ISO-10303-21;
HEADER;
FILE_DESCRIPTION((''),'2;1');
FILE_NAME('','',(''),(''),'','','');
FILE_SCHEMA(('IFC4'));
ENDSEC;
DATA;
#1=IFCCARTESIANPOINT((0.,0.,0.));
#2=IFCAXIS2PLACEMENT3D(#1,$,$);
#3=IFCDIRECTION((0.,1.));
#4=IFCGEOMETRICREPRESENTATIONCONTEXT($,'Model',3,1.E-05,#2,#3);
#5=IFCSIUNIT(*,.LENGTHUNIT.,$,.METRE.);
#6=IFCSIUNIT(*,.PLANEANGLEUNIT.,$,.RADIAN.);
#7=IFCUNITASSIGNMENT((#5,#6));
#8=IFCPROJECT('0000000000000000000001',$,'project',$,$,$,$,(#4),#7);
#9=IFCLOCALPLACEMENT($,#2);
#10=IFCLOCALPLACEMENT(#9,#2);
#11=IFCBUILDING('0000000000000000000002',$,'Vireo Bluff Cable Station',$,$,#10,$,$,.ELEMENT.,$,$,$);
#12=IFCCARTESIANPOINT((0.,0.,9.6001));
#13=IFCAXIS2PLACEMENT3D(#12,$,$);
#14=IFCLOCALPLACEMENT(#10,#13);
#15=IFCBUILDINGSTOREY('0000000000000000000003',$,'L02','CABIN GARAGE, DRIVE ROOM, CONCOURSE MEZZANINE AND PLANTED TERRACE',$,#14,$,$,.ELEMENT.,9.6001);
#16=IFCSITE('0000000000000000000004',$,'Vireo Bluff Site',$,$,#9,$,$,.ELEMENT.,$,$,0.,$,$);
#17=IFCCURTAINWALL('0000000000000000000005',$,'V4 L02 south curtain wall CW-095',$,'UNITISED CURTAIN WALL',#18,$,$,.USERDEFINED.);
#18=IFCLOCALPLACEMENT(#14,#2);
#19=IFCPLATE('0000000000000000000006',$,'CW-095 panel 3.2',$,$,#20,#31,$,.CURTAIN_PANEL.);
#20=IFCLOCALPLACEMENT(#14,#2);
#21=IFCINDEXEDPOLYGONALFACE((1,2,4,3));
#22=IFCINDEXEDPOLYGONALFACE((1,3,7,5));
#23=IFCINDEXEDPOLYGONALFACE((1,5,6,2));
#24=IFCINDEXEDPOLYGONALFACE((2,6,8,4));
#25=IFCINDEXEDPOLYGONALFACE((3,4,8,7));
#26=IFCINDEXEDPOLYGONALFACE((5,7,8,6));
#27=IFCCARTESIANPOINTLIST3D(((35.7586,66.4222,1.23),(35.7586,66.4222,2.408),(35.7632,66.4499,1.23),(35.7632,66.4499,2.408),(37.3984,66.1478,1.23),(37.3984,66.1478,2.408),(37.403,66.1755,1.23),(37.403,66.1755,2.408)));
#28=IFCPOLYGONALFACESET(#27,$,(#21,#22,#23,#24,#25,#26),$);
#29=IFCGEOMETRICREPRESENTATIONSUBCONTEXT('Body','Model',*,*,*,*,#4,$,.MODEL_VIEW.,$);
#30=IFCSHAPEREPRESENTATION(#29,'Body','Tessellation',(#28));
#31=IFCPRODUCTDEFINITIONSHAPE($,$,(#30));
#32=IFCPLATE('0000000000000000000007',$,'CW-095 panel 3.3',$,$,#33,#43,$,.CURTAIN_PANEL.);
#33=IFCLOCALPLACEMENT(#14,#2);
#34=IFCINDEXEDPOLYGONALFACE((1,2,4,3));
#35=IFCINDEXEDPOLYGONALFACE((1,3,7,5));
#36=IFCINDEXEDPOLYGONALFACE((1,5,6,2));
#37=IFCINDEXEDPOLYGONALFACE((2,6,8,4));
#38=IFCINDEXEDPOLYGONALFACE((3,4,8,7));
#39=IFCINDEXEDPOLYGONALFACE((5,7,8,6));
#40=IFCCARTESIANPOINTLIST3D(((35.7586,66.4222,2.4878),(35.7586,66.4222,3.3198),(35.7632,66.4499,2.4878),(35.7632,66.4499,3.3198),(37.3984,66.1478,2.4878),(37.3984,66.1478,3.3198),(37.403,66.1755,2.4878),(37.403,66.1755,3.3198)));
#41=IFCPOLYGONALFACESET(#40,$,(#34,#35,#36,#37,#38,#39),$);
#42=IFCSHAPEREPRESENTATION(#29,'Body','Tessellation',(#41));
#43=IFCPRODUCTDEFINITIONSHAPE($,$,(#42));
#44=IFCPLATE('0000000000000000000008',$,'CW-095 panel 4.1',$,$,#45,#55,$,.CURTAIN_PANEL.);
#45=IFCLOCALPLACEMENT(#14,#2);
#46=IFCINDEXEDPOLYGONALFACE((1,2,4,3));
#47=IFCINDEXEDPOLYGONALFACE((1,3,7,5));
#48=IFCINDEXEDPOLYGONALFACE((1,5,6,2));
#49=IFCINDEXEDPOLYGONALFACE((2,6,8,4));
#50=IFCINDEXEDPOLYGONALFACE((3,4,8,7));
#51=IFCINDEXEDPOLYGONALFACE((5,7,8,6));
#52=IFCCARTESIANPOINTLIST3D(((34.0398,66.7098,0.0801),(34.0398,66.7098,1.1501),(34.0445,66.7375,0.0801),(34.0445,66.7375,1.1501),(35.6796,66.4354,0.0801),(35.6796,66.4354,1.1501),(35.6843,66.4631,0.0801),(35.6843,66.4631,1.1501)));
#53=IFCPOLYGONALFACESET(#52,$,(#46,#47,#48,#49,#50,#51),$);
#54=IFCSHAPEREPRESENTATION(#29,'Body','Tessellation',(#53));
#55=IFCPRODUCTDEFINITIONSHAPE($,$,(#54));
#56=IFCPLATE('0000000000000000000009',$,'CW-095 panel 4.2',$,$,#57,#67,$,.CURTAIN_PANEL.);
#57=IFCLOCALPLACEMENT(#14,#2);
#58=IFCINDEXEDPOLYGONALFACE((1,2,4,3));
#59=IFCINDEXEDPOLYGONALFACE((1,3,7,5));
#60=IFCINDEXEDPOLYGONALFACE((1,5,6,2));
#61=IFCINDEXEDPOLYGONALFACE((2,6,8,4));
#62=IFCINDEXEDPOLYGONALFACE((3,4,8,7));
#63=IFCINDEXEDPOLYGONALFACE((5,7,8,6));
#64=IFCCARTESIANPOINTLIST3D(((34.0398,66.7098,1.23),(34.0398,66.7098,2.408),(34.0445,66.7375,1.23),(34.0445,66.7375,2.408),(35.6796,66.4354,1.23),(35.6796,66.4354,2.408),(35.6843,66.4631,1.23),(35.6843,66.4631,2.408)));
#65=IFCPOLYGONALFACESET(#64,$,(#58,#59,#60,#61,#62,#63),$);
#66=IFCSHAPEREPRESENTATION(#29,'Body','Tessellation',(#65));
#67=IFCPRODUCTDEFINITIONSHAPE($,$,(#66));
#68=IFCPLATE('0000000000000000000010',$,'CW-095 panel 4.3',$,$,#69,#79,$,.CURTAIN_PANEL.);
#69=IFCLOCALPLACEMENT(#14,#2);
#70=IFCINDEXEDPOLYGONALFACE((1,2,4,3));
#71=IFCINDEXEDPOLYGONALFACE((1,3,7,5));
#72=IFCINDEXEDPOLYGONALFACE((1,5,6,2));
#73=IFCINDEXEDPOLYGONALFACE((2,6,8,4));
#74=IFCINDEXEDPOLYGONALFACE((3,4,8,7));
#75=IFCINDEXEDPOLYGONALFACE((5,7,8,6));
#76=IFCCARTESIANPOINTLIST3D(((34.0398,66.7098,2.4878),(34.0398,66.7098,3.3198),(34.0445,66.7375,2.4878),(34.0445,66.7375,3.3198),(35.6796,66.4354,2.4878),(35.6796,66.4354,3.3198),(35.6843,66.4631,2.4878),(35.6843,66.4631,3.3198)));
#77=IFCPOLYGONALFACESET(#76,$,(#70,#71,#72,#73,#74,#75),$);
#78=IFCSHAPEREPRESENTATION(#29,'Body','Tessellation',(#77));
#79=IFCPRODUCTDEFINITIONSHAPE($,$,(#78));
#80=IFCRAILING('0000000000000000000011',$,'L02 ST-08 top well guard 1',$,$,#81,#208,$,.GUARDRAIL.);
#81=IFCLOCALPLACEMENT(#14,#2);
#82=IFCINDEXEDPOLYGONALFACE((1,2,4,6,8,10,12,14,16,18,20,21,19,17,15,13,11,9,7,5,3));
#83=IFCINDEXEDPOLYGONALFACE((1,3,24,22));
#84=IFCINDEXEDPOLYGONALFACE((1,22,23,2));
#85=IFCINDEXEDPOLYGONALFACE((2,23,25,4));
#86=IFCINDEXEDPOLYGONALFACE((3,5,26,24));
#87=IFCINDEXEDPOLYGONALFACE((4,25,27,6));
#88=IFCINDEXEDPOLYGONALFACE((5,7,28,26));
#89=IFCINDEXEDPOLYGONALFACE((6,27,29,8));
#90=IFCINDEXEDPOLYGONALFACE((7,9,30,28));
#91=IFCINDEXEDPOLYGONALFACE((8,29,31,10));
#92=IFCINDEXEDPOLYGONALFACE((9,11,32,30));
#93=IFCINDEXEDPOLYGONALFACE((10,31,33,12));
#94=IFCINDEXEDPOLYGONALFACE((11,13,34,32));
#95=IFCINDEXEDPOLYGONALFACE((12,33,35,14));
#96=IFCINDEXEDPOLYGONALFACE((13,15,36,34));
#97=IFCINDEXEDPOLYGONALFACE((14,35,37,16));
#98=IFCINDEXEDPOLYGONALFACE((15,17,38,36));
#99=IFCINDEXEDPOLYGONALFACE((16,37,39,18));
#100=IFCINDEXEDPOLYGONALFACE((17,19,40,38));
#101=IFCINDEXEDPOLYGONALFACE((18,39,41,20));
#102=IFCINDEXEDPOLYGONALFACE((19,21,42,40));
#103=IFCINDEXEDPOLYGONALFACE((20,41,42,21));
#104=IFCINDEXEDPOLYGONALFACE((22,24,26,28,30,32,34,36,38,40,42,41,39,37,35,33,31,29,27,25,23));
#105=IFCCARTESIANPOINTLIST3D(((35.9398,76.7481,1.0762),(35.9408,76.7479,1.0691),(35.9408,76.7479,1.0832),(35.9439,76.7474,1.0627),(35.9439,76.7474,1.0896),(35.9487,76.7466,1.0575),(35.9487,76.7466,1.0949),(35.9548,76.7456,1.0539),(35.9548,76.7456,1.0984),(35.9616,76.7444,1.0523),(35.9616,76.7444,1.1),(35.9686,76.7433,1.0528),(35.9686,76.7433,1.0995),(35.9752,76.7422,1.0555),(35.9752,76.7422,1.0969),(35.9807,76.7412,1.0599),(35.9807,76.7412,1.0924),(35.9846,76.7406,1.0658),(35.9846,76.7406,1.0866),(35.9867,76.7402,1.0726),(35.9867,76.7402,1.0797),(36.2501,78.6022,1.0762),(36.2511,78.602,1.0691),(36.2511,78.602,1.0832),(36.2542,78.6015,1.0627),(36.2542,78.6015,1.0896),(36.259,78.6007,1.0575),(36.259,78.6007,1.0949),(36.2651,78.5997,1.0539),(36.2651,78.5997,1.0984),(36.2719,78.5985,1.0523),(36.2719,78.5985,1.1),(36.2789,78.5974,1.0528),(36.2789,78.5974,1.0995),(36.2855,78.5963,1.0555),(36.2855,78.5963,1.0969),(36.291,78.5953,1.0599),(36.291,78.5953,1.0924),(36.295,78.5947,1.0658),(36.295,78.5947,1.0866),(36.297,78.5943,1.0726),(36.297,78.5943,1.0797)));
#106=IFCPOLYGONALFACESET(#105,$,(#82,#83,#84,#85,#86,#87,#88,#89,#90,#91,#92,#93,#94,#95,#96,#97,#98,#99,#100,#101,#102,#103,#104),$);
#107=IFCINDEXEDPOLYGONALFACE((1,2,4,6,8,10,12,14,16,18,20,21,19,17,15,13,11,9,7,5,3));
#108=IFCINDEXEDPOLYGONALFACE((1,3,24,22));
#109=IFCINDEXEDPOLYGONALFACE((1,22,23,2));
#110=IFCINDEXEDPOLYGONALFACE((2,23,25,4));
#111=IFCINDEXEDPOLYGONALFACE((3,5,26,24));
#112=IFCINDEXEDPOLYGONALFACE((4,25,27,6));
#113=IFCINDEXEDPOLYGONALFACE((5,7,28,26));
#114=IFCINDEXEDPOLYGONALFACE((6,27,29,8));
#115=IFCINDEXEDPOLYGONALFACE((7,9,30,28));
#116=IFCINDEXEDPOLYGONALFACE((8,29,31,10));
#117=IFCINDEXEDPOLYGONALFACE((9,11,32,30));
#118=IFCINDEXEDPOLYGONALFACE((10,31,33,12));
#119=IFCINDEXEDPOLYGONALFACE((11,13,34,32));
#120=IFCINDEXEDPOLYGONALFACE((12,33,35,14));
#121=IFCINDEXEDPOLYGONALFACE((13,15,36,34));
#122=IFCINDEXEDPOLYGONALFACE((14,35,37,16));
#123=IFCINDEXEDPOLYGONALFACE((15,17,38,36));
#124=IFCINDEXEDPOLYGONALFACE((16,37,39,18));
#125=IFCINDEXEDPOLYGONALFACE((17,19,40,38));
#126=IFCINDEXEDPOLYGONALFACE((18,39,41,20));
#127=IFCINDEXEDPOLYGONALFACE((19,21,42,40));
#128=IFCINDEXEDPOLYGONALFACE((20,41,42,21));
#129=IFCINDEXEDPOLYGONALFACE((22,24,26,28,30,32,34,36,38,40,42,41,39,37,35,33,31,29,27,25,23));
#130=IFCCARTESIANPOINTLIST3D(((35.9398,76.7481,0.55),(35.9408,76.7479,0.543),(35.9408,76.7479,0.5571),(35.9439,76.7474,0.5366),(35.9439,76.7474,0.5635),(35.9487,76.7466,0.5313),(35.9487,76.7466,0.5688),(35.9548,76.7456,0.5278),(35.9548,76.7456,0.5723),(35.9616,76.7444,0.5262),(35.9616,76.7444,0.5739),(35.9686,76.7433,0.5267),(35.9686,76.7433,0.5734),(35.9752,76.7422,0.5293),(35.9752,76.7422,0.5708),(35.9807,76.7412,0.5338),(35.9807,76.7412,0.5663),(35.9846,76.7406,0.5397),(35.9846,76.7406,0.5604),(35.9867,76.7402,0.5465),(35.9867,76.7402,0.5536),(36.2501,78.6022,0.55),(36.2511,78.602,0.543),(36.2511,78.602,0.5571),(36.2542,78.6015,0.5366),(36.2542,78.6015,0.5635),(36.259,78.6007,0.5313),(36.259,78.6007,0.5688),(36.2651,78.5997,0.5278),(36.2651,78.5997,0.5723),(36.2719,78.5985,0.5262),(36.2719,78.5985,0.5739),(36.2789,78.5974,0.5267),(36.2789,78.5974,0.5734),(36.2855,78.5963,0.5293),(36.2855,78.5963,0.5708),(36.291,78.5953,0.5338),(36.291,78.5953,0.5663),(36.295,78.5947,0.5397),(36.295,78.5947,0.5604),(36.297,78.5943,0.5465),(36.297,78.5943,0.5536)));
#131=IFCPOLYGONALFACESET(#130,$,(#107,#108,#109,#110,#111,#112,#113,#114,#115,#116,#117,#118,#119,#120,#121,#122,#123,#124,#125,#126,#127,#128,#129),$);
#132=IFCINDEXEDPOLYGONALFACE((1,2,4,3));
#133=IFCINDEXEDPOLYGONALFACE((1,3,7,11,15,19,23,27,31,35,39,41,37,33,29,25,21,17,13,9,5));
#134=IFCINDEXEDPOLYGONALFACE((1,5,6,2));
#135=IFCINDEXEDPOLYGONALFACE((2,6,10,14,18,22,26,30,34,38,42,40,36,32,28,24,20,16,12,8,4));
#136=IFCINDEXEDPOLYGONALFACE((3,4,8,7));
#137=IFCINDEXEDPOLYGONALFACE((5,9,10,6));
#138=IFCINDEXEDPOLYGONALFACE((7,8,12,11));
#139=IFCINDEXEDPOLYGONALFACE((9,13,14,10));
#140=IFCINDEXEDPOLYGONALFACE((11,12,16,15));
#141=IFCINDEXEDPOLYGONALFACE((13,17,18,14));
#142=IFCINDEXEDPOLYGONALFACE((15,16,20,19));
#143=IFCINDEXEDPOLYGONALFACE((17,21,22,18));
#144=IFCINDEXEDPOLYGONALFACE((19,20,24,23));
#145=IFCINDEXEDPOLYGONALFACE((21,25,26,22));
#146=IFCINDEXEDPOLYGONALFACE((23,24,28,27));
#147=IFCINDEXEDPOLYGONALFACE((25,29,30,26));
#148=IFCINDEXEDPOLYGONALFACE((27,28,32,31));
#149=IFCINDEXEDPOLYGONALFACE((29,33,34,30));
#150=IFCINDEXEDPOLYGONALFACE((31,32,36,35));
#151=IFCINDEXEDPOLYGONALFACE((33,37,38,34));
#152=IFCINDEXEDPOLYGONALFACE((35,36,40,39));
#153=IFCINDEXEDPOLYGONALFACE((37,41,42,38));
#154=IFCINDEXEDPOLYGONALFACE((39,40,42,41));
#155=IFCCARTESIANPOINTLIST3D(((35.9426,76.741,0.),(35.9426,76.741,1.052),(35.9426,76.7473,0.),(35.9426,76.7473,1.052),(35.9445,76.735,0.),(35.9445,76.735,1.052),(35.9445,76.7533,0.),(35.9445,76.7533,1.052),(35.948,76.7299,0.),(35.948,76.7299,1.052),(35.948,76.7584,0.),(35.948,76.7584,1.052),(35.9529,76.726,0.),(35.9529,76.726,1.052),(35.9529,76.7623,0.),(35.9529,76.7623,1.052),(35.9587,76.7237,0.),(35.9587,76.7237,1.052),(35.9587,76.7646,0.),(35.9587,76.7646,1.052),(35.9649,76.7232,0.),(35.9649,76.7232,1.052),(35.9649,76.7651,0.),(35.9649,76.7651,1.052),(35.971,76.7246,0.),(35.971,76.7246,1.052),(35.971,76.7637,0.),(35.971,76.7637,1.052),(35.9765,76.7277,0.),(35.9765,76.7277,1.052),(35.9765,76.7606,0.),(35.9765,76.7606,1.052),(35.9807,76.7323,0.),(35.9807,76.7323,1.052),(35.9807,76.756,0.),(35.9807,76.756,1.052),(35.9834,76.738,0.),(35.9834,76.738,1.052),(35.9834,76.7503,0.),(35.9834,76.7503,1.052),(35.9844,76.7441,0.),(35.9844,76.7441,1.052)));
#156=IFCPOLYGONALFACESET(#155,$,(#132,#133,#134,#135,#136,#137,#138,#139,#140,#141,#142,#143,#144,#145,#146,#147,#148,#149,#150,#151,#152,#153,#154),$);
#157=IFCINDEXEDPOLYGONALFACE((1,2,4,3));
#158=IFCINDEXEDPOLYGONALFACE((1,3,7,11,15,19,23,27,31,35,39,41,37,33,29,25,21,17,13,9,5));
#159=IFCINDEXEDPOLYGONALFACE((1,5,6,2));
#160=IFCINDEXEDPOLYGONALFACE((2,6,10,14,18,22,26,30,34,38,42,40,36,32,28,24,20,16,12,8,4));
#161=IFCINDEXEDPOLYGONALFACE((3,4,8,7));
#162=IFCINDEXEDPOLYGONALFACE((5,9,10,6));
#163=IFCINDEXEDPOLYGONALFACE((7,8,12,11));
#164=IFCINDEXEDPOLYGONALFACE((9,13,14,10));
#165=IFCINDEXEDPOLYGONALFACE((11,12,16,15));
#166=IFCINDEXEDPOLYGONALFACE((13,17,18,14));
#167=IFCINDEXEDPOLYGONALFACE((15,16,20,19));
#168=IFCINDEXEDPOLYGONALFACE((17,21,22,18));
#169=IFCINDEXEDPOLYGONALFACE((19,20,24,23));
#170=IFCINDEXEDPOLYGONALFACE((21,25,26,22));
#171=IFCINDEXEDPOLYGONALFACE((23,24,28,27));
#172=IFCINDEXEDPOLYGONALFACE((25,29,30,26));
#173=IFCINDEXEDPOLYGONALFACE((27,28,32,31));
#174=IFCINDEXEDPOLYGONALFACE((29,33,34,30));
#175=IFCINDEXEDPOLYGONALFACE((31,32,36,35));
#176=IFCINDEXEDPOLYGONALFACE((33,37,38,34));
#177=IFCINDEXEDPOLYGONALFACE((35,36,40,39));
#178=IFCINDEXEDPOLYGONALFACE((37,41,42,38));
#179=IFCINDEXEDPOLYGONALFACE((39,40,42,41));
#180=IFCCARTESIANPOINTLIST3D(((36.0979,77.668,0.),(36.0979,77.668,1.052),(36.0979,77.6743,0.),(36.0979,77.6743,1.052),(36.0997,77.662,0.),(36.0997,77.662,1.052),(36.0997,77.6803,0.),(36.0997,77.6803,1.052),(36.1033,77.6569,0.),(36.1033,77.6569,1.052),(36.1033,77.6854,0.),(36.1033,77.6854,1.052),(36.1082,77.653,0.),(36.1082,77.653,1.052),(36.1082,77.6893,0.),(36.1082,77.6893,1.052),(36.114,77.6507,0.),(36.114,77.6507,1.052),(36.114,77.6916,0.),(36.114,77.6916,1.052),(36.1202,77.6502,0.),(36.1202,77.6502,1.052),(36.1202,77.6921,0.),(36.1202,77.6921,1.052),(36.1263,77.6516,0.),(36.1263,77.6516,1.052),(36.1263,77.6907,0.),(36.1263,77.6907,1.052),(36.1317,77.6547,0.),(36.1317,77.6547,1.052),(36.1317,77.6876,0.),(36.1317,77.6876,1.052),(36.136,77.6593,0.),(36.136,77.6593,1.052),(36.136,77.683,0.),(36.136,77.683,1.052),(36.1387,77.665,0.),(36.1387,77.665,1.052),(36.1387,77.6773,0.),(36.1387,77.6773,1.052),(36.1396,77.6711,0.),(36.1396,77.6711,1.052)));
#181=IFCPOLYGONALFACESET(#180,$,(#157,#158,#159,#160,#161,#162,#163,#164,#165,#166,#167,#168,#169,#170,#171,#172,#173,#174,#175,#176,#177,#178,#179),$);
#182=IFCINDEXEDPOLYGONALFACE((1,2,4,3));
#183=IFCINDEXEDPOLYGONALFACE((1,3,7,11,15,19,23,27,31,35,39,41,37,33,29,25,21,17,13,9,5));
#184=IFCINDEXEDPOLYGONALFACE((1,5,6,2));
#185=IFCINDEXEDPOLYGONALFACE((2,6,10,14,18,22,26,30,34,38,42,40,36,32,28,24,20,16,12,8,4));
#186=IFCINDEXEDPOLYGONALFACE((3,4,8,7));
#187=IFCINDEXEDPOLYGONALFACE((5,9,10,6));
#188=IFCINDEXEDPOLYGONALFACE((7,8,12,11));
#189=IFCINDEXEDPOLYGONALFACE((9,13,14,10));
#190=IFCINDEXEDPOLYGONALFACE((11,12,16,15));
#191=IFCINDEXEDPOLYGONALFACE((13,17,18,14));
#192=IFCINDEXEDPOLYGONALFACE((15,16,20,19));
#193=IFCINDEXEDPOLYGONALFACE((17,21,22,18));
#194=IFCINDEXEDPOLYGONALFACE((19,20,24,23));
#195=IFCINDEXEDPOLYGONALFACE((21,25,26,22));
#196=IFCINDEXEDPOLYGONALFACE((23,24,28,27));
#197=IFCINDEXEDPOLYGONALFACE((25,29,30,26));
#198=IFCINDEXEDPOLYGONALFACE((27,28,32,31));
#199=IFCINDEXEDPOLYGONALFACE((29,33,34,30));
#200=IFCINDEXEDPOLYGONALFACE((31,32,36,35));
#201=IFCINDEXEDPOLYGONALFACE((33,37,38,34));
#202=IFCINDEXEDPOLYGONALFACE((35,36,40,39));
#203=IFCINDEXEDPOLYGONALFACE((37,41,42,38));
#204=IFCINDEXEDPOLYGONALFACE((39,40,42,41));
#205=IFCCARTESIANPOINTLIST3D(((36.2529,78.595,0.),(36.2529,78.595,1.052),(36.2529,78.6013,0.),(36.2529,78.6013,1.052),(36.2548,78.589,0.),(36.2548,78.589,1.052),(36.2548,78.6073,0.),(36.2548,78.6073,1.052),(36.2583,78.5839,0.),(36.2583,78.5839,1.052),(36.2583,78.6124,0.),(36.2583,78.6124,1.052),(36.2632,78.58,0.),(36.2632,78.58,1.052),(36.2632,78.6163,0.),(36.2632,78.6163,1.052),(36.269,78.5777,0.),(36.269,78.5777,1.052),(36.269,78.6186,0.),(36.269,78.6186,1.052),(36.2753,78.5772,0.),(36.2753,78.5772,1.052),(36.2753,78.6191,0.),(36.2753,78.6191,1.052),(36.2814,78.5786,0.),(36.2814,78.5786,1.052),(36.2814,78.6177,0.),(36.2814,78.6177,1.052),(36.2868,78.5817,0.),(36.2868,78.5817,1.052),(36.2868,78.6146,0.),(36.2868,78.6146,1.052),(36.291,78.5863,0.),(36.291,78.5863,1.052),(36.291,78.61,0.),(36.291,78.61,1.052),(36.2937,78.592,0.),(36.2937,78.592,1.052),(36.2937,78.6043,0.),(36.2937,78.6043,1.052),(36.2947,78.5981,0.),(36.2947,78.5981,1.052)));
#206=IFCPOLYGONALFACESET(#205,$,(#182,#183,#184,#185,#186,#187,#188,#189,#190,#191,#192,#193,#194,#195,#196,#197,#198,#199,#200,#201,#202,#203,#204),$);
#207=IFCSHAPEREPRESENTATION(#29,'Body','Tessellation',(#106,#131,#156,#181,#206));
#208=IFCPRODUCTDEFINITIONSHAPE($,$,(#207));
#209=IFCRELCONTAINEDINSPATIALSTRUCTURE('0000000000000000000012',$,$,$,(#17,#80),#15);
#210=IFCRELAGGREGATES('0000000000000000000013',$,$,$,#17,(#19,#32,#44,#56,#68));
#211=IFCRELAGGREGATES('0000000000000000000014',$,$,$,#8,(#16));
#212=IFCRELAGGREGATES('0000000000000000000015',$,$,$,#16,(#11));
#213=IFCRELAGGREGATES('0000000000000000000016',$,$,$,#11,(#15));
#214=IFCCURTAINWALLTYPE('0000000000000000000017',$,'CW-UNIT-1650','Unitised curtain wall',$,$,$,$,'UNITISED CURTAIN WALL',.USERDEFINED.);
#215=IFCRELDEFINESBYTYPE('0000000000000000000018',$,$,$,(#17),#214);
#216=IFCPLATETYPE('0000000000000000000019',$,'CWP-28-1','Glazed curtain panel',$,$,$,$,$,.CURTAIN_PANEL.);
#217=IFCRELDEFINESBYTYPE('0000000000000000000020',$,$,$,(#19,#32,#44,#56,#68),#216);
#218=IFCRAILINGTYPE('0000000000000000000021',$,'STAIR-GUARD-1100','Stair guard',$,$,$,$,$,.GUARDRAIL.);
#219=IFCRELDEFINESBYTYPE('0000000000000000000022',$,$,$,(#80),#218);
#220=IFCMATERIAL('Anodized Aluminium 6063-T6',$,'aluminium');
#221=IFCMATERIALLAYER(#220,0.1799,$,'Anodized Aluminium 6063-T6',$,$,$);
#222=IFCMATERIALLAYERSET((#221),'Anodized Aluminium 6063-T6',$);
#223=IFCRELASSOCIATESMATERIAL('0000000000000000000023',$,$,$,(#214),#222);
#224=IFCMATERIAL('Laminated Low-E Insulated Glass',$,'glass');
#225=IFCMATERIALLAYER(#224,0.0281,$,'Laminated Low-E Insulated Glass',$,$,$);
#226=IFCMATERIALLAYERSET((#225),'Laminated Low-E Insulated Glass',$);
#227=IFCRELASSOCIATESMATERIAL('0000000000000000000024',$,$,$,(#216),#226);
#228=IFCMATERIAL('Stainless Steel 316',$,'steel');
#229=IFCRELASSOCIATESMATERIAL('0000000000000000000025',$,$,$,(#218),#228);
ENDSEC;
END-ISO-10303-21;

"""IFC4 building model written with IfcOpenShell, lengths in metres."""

from ifc_helpers import new_model, si_unit, direction, frame, origin, origin_2d, place, context, subcontext, project, spatial, rectangle, circle, extrude, material, layer, layer_set, type_object, element, aggregate, save


model = new_model("IFC4")

# Units and contexts
model_context = context("Model", 3, precision=1e-05, world=origin(), true_north=direction((0.0, 1.0)))
body_context = subcontext(model_context, "Body", "Model", "MODEL_VIEW")
ifc_project = project(units=[si_unit("LENGTHUNIT", "METRE"), si_unit("PLANEANGLEUNIT", "RADIAN")], contexts=[model_context])

# Site, building, storey
site_placement = place(None, origin())
site = spatial("IfcSite", under=ifc_project, at=site_placement, Name="Vireo Bluff Site", CompositionType="ELEMENT", RefElevation=0.0)
building_placement = place(site_placement, origin())
building = spatial("IfcBuilding", under=site, at=building_placement, Name="Vireo Bluff Cable Station", CompositionType="ELEMENT")
storey_placement = place(building_placement, frame((0.0, 0.0, 9.6001)))
storey = spatial("IfcBuildingStorey", under=building, at=storey_placement, Name="L02", Description="CABIN GARAGE, DRIVE ROOM, CONCOURSE MEZZANINE AND PLANTED TERRACE", CompositionType="ELEMENT", Elevation=9.6001)

# Curtain wall, plates
ifc_material_1 = material(Name="Anodized Aluminium 6063-T6", Category="aluminium")
ifc_layer_1 = layer(ifc_material_1, 0.1799, Name="Anodized Aluminium 6063-T6")
ifc_layer_set_1 = layer_set([ifc_layer_1], Name="Anodized Aluminium 6063-T6")
curtain_wall_type = type_object("IfcCurtainWallType", Name="CW-UNIT-1650", Description="Unitised curtain wall", ElementType="UNITISED CURTAIN WALL", PredefinedType="USERDEFINED", material=ifc_layer_set_1)
curtain_wall_placement = place(storey_placement, origin())
curtain_wall = element("IfcCurtainWall", 1, at=curtain_wall_placement, inside=storey, type_object=curtain_wall_type, Name="V4 L02 south curtain wall CW-095", ObjectType="UNITISED CURTAIN WALL", PredefinedType="USERDEFINED")
ifc_material_2 = material(Name="Laminated Low-E Insulated Glass", Category="glass")
ifc_layer_2 = layer(ifc_material_2, 0.0281, Name="Laminated Low-E Insulated Glass")
ifc_layer_set_2 = layer_set([ifc_layer_2], Name="Laminated Low-E Insulated Glass")
plate_type = type_object("IfcPlateType", Name="CWP-28-1", Description="Glazed curtain panel", PredefinedType="CURTAIN_PANEL", material=ifc_layer_set_2)
plate_1_placement = place(storey_placement, frame((36.5808, 66.2988, 1.23), z_axis=(0.0, 0.0, 1.0), x_axis=(-0.986286, 0.165048, 0.0)))
plate_1 = element("IfcPlate", 2, at=plate_1_placement, type_object=plate_type, Name="CW-095 panel 3.2", PredefinedType="CURTAIN_PANEL", context=body_context, shape_type="SweptSolid", body=[
    extrude(rectangle(XDim=1.6626, YDim=0.0281, at=origin_2d()), origin(), (0.0, 0.0, 1.0), 1.178),
])
plate_2_placement = place(storey_placement, frame((36.5808, 66.2988, 2.4878), z_axis=(0.0, 0.0, 1.0), x_axis=(-0.986286, 0.165048, 0.0)))
plate_2 = element("IfcPlate", 3, at=plate_2_placement, type_object=plate_type, Name="CW-095 panel 3.3", PredefinedType="CURTAIN_PANEL", context=body_context, shape_type="SweptSolid", body=[
    extrude(rectangle(XDim=1.6626, YDim=0.0281, at=origin_2d()), origin(), (0.0, 0.0, 1.0), 0.832),
])
plate_3_placement = place(storey_placement, frame((34.8621, 66.5864, 0.0801), z_axis=(0.0, 0.0, 1.0), x_axis=(-0.986286, 0.165048, 0.0)))
plate_3 = element("IfcPlate", 4, at=plate_3_placement, type_object=plate_type, Name="CW-095 panel 4.1", PredefinedType="CURTAIN_PANEL", context=body_context, shape_type="SweptSolid", body=[
    extrude(rectangle(XDim=1.6626, YDim=0.0281, at=origin_2d()), origin(), (0.0, 0.0, 1.0), 1.0701),
])
plate_4_placement = place(storey_placement, frame((34.8621, 66.5864, 1.23), z_axis=(0.0, 0.0, 1.0), x_axis=(-0.986286, 0.165048, 0.0)))
plate_4 = element("IfcPlate", 5, at=plate_4_placement, type_object=plate_type, Name="CW-095 panel 4.2", PredefinedType="CURTAIN_PANEL", context=body_context, shape_type="SweptSolid", body=[
    extrude(rectangle(XDim=1.6626, YDim=0.0281, at=origin_2d()), origin(), (0.0, 0.0, 1.0), 1.178),
])
plate_5_placement = place(storey_placement, frame((34.8621, 66.5864, 2.4878), z_axis=(0.0, 0.0, 1.0), x_axis=(-0.986286, 0.165048, 0.0)))
plate_5 = element("IfcPlate", 6, at=plate_5_placement, type_object=plate_type, Name="CW-095 panel 4.3", PredefinedType="CURTAIN_PANEL", context=body_context, shape_type="SweptSolid", body=[
    extrude(rectangle(XDim=1.6626, YDim=0.0281, at=origin_2d()), origin(), (0.0, 0.0, 1.0), 0.832),
])
aggregate(curtain_wall, [plate_1, plate_2, plate_3, plate_4, plate_5])

# Railing
ifc_material_3 = material(Name="Stainless Steel 316", Category="steel")
railing_type = type_object("IfcRailingType", Name="STAIR-GUARD-1100", Description="Stair guard", PredefinedType="GUARDRAIL", material=ifc_material_3)
railing_1_placement = place(storey_placement, frame((35.9634, 76.7441, 0.0)))
element("IfcRailing", 7, at=railing_1_placement, inside=storey, type_object=railing_type, Name="L02 ST-08 top well guard 1", PredefinedType="GUARDRAIL", context=body_context, shape_type="SweptSolid", body=[
    extrude(circle(Radius=0.0239, at=origin_2d()), frame((0.0, 0.0, 1.0762), z_axis=(0.165073, 0.986281, 0.0), x_axis=(-0.986281, 0.165073, 0.0)), (0.0, 0.0, 1.0), 1.8799),
    extrude(circle(Radius=0.0239, at=origin_2d()), frame((0.0, 0.0, 0.55), z_axis=(0.165073, 0.986281, 0.0), x_axis=(-0.986281, 0.165073, 0.0)), (0.0, 0.0, 1.0), 1.8799),
    extrude(circle(Radius=0.021, at=origin_2d()), origin(), (0.0, 0.0, 1.0), 1.052),
    extrude(circle(Radius=0.021, at=origin_2d()), frame((0.1553, 0.927, 0.0)), (0.0, 0.0, 1.0), 1.052),
    extrude(circle(Radius=0.021, at=origin_2d()), frame((0.3103, 1.854, 0.0)), (0.0, 0.0, 1.0), 1.052),
])

save(model, "model.ifc")
